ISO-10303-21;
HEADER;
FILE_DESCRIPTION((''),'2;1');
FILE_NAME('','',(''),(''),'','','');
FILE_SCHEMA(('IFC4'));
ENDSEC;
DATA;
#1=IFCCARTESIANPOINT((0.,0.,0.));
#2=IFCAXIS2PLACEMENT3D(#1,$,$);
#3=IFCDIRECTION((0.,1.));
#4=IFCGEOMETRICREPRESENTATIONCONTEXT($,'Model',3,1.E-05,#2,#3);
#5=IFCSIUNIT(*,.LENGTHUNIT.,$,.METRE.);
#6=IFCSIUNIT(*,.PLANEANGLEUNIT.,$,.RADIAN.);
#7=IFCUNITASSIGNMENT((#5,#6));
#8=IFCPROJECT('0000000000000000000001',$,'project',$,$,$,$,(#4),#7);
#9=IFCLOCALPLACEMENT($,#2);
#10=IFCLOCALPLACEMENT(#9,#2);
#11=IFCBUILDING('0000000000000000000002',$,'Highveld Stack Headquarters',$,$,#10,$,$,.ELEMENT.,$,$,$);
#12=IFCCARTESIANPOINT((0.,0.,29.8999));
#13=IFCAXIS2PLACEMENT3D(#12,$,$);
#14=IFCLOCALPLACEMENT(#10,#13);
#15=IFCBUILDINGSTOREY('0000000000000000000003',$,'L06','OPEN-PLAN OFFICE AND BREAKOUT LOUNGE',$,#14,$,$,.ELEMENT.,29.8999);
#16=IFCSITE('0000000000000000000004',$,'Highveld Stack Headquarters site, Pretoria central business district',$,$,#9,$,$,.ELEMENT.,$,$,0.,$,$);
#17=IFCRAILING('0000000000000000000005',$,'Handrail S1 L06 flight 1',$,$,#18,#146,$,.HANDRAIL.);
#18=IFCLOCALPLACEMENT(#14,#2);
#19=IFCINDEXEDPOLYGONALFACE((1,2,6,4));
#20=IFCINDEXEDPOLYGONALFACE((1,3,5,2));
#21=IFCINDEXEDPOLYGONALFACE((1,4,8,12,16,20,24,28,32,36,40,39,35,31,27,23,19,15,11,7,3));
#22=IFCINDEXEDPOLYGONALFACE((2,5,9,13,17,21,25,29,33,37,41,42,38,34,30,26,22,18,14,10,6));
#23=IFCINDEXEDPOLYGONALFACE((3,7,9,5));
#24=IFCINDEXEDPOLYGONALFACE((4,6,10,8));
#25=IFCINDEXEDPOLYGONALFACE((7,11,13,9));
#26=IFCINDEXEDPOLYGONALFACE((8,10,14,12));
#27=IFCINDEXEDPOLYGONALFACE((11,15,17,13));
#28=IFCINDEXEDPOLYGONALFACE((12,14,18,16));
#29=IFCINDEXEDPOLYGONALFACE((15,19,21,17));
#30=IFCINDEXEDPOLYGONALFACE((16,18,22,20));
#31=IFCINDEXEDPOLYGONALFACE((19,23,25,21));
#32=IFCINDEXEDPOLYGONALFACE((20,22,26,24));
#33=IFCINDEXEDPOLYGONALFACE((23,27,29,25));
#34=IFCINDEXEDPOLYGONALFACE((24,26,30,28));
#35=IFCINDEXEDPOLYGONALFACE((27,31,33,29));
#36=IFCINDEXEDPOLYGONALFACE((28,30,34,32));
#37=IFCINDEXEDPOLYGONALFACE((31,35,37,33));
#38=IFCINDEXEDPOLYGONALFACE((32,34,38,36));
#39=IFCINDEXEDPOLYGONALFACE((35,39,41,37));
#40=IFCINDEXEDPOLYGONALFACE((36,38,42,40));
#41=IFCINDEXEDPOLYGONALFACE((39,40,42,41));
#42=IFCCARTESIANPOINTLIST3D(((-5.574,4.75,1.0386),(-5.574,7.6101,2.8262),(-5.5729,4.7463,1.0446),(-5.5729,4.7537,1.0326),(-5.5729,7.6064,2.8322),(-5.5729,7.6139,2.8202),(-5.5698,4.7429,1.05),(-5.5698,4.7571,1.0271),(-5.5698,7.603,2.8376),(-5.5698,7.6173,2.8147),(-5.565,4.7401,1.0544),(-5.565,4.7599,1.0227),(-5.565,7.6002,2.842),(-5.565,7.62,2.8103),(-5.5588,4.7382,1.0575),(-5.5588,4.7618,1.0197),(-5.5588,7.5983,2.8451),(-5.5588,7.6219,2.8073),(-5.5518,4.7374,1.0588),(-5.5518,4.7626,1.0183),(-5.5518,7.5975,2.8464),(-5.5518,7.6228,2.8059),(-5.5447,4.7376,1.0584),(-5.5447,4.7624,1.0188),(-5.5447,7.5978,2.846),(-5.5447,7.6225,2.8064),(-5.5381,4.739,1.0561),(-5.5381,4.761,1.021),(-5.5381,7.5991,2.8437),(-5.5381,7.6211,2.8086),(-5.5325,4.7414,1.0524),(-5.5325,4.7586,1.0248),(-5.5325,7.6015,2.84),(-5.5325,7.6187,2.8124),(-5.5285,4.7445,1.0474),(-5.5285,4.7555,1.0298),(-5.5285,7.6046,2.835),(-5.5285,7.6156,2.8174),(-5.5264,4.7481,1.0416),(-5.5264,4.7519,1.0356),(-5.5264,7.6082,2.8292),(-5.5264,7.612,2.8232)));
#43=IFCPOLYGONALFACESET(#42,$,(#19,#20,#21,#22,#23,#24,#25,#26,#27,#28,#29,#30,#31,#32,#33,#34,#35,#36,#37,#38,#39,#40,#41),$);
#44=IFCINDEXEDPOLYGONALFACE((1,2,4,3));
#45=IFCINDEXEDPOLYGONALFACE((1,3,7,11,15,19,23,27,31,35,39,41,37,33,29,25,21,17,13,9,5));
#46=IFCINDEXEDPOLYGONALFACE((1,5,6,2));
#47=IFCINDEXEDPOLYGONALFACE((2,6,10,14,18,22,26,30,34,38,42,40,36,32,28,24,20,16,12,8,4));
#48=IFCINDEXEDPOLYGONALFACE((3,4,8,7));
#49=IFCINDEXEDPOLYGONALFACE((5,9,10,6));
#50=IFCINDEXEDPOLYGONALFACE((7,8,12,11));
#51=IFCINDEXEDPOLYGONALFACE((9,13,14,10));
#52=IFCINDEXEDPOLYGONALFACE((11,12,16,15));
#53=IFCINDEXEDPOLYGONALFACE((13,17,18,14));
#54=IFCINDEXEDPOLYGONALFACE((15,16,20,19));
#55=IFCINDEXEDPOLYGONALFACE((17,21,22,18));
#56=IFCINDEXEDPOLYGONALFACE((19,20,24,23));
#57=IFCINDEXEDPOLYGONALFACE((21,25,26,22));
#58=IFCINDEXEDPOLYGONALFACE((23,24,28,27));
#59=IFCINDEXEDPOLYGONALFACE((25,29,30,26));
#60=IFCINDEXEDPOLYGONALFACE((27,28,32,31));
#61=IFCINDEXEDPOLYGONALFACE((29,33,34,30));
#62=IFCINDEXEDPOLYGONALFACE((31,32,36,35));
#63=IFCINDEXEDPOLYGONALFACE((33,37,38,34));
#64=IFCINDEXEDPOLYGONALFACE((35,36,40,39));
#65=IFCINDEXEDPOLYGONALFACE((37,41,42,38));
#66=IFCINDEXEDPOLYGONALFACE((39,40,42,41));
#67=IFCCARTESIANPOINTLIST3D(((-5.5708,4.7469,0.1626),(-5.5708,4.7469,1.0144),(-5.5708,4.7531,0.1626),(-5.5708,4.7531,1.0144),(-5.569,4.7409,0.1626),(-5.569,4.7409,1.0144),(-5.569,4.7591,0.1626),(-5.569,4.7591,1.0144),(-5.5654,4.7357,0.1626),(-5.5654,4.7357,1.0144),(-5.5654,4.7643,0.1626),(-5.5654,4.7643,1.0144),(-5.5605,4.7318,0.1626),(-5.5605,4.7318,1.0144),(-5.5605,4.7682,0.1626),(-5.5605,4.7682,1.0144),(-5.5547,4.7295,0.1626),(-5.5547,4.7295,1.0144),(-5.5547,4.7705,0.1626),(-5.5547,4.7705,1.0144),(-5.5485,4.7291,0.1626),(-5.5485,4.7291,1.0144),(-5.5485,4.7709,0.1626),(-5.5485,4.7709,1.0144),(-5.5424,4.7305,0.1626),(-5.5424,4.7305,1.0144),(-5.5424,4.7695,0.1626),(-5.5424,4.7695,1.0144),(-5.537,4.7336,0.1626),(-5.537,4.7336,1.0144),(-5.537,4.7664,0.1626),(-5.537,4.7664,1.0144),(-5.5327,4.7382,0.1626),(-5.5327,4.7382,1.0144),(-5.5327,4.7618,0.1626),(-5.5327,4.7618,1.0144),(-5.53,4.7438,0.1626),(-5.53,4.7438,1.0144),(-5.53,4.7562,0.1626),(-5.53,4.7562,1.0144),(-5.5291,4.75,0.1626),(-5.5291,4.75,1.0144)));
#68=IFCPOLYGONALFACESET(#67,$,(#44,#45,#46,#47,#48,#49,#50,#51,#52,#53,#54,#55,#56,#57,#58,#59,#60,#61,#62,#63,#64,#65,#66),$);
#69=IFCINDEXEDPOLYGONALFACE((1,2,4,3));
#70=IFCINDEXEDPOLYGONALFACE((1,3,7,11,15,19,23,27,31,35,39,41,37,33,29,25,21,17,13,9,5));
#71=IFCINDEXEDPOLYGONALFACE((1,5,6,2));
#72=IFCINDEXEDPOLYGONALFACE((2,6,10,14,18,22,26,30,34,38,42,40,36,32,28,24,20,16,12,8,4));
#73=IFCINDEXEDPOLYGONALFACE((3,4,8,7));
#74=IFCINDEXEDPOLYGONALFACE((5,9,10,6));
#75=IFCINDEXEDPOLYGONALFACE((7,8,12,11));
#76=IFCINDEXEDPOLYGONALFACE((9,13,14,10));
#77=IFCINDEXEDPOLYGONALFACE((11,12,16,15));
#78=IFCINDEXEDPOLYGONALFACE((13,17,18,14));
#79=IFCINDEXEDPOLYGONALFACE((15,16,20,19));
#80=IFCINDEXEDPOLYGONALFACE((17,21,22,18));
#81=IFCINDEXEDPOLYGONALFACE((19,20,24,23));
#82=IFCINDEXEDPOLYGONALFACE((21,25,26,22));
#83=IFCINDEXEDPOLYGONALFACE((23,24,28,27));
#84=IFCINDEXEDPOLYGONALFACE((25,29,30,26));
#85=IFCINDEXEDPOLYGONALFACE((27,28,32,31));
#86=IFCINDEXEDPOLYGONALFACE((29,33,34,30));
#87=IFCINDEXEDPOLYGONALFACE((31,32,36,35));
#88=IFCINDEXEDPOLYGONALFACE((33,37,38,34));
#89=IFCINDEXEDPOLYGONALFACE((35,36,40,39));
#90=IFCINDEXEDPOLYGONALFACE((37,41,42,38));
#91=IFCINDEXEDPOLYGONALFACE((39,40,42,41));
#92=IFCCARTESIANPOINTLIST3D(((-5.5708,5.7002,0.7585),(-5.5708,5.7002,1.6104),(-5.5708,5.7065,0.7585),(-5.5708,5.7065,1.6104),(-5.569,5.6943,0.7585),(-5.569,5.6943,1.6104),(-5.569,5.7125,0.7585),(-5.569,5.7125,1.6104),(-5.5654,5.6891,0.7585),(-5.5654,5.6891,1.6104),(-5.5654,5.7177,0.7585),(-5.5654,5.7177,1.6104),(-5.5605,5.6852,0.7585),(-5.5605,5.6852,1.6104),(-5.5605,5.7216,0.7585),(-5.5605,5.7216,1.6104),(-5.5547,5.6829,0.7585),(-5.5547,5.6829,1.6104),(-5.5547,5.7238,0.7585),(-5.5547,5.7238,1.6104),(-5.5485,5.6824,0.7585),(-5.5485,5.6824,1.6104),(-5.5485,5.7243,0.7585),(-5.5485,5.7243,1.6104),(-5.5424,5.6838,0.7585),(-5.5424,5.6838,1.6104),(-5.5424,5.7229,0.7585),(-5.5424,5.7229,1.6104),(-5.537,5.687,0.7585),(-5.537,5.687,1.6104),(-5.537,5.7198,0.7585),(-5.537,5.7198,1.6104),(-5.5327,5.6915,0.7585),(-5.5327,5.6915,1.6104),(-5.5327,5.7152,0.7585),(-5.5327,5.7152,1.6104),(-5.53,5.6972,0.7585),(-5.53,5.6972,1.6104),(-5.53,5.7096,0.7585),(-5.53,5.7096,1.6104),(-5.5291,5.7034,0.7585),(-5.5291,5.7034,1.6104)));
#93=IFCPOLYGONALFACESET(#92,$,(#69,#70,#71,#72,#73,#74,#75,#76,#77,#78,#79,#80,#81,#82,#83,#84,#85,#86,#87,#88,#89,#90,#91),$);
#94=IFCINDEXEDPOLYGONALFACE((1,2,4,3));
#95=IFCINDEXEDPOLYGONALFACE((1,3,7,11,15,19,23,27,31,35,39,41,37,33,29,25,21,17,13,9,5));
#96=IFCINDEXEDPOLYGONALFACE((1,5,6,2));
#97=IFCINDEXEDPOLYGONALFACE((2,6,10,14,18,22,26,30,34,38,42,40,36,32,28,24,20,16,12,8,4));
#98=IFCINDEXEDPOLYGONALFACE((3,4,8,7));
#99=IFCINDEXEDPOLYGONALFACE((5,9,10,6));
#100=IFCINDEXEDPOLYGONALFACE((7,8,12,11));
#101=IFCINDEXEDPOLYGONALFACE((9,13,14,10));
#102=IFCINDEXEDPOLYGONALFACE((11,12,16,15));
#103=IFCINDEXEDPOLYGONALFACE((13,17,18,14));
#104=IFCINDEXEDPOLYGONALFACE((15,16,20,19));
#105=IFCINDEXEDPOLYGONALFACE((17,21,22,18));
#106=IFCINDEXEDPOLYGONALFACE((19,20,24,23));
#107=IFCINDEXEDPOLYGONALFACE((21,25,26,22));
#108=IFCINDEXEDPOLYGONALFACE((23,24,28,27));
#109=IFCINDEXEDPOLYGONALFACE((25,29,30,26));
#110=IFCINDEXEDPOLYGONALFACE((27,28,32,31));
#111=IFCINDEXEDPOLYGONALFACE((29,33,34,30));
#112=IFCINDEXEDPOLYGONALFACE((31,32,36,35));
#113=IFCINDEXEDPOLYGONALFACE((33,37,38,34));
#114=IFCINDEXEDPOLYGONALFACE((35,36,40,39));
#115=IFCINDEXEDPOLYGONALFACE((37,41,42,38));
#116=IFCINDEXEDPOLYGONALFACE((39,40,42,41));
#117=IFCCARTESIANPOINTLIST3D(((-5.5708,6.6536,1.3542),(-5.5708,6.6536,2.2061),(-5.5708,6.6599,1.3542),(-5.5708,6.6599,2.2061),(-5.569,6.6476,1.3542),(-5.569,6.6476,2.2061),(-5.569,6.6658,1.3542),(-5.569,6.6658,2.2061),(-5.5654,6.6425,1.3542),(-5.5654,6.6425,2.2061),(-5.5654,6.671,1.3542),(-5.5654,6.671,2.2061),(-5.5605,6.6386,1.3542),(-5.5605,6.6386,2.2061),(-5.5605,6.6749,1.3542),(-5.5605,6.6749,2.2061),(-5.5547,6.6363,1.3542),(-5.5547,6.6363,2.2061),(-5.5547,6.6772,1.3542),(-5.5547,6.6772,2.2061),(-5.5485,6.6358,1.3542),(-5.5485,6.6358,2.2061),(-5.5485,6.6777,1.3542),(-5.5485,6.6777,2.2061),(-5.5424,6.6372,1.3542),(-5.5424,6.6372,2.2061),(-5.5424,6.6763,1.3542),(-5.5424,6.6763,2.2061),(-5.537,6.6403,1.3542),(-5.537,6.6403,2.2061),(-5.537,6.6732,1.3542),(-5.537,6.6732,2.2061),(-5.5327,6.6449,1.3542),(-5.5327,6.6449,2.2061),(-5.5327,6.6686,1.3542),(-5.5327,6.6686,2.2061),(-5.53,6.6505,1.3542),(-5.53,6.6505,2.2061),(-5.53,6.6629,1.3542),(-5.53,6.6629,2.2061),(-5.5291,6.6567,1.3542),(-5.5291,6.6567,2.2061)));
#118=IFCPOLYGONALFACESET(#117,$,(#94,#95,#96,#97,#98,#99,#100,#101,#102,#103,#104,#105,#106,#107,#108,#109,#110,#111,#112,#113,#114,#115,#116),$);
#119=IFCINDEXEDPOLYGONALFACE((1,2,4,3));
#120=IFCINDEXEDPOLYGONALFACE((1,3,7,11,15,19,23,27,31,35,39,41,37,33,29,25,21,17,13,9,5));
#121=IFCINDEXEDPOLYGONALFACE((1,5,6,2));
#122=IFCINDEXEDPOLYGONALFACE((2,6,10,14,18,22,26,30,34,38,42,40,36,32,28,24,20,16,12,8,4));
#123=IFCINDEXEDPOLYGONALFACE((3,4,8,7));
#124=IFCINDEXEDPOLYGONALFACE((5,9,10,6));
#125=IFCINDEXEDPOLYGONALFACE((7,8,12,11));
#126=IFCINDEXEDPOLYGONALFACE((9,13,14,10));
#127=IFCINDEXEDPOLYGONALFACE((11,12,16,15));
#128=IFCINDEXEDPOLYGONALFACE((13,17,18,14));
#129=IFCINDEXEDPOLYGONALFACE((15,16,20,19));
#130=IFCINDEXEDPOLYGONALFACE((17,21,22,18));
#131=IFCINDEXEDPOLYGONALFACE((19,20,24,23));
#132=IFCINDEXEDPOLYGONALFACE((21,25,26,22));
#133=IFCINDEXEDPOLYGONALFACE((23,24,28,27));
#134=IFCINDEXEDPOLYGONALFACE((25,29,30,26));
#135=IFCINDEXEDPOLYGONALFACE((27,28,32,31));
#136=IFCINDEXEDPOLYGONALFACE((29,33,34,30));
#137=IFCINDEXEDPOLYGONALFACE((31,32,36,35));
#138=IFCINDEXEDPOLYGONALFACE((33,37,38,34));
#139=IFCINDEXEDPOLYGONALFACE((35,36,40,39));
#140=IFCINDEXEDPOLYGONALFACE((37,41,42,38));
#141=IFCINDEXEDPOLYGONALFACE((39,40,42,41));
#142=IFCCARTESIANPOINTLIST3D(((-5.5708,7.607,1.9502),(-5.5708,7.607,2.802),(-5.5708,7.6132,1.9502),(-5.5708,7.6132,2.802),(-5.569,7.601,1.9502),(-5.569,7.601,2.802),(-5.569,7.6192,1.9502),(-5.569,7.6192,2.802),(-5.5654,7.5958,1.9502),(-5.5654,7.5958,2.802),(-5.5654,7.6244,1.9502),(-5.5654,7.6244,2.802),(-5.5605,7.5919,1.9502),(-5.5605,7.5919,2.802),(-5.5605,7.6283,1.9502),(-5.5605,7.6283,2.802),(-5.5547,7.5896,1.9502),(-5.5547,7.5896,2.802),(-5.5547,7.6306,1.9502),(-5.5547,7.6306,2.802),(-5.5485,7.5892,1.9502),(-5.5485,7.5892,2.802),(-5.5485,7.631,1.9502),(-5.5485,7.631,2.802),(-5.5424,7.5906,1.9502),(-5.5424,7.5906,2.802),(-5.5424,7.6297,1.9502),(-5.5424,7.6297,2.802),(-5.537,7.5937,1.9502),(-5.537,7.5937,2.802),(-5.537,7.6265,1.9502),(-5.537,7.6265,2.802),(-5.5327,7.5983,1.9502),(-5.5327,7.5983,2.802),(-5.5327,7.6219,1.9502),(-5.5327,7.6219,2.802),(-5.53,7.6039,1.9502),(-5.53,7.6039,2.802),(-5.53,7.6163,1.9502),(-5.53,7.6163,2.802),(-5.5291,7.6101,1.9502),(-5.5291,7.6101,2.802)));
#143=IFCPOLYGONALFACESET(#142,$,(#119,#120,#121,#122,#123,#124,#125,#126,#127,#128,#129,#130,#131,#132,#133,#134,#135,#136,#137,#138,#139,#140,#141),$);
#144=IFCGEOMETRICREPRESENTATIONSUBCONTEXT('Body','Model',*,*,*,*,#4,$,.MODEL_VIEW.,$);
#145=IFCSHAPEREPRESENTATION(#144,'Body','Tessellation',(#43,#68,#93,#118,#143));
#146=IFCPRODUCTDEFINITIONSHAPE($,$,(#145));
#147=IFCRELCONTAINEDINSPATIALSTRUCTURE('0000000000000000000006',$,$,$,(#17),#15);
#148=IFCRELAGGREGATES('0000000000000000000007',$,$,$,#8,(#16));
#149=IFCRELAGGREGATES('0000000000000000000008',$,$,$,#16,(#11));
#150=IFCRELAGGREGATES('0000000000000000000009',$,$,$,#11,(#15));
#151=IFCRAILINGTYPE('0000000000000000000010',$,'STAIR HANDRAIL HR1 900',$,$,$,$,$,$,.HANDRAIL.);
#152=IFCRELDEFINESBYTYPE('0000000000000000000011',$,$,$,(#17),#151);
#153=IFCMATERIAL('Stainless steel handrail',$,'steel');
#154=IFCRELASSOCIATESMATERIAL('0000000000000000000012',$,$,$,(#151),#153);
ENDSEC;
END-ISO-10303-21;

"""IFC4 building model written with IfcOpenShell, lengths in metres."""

from ifc_helpers import new_model, si_unit, direction, frame, origin, origin_2d, place, context, subcontext, project, spatial, circle, extrude, material, type_object, element, save


model = new_model("IFC4")

# Units and contexts
model_context = context("Model", 3, precision=1e-05, world=origin(), true_north=direction((0.0, 1.0)))
body_context = subcontext(model_context, "Body", "Model", "MODEL_VIEW")
ifc_project = project(units=[si_unit("LENGTHUNIT", "METRE"), si_unit("PLANEANGLEUNIT", "RADIAN")], contexts=[model_context])

# Site, building, storey
site_placement = place(None, origin())
site = spatial("IfcSite", under=ifc_project, at=site_placement, Name="Highveld Stack Headquarters site, Pretoria central business district", CompositionType="ELEMENT", RefElevation=0.0)
building_placement = place(site_placement, origin())
building = spatial("IfcBuilding", under=site, at=building_placement, Name="Highveld Stack Headquarters", CompositionType="ELEMENT")
storey_placement = place(building_placement, frame((0.0, 0.0, 29.8999)))
storey = spatial("IfcBuildingStorey", under=building, at=storey_placement, Name="L06", Description="OPEN-PLAN OFFICE AND BREAKOUT LOUNGE", CompositionType="ELEMENT", Elevation=29.8999)

# Railing
ifc_material_1 = material(Name="Stainless steel handrail", Category="steel")
railing_type = type_object("IfcRailingType", Name="STAIR HANDRAIL HR1 900", PredefinedType="HANDRAIL", material=ifc_material_1)
for number, where, name in (
    (1, (-5.55, 4.75, 0.1626), "Handrail S1 L06 flight 1"),
):
    element("IfcRailing", number, at=place(storey_placement, frame(where)), inside=storey, type_object=railing_type, Name=name, PredefinedType="HANDRAIL", context=body_context, shape_type="SweptSolid", body=[
        extrude(circle(Radius=0.0239, at=origin_2d()), frame((0.0, 0.0, 0.876), z_axis=(0.0, 0.847994, 0.530005), x_axis=(-1.0, 0.0, 0.0)), (0.0, 0.0, 1.0), 3.3728),
        extrude(circle(Radius=0.021, at=origin_2d()), origin(), (0.0, 0.0, 1.0), 0.8518),
        extrude(circle(Radius=0.021, at=origin_2d()), frame((0.0, 0.9534, 0.5959)), (0.0, 0.0, 1.0), 0.8518),
        extrude(circle(Radius=0.021, at=origin_2d()), frame((0.0, 1.9067, 1.1917)), (0.0, 0.0, 1.0), 0.8518),
        extrude(circle(Radius=0.021, at=origin_2d()), frame((0.0, 2.8601, 1.7876)), (0.0, 0.0, 1.0), 0.8518),
    ])

save(model, "model.ifc")
